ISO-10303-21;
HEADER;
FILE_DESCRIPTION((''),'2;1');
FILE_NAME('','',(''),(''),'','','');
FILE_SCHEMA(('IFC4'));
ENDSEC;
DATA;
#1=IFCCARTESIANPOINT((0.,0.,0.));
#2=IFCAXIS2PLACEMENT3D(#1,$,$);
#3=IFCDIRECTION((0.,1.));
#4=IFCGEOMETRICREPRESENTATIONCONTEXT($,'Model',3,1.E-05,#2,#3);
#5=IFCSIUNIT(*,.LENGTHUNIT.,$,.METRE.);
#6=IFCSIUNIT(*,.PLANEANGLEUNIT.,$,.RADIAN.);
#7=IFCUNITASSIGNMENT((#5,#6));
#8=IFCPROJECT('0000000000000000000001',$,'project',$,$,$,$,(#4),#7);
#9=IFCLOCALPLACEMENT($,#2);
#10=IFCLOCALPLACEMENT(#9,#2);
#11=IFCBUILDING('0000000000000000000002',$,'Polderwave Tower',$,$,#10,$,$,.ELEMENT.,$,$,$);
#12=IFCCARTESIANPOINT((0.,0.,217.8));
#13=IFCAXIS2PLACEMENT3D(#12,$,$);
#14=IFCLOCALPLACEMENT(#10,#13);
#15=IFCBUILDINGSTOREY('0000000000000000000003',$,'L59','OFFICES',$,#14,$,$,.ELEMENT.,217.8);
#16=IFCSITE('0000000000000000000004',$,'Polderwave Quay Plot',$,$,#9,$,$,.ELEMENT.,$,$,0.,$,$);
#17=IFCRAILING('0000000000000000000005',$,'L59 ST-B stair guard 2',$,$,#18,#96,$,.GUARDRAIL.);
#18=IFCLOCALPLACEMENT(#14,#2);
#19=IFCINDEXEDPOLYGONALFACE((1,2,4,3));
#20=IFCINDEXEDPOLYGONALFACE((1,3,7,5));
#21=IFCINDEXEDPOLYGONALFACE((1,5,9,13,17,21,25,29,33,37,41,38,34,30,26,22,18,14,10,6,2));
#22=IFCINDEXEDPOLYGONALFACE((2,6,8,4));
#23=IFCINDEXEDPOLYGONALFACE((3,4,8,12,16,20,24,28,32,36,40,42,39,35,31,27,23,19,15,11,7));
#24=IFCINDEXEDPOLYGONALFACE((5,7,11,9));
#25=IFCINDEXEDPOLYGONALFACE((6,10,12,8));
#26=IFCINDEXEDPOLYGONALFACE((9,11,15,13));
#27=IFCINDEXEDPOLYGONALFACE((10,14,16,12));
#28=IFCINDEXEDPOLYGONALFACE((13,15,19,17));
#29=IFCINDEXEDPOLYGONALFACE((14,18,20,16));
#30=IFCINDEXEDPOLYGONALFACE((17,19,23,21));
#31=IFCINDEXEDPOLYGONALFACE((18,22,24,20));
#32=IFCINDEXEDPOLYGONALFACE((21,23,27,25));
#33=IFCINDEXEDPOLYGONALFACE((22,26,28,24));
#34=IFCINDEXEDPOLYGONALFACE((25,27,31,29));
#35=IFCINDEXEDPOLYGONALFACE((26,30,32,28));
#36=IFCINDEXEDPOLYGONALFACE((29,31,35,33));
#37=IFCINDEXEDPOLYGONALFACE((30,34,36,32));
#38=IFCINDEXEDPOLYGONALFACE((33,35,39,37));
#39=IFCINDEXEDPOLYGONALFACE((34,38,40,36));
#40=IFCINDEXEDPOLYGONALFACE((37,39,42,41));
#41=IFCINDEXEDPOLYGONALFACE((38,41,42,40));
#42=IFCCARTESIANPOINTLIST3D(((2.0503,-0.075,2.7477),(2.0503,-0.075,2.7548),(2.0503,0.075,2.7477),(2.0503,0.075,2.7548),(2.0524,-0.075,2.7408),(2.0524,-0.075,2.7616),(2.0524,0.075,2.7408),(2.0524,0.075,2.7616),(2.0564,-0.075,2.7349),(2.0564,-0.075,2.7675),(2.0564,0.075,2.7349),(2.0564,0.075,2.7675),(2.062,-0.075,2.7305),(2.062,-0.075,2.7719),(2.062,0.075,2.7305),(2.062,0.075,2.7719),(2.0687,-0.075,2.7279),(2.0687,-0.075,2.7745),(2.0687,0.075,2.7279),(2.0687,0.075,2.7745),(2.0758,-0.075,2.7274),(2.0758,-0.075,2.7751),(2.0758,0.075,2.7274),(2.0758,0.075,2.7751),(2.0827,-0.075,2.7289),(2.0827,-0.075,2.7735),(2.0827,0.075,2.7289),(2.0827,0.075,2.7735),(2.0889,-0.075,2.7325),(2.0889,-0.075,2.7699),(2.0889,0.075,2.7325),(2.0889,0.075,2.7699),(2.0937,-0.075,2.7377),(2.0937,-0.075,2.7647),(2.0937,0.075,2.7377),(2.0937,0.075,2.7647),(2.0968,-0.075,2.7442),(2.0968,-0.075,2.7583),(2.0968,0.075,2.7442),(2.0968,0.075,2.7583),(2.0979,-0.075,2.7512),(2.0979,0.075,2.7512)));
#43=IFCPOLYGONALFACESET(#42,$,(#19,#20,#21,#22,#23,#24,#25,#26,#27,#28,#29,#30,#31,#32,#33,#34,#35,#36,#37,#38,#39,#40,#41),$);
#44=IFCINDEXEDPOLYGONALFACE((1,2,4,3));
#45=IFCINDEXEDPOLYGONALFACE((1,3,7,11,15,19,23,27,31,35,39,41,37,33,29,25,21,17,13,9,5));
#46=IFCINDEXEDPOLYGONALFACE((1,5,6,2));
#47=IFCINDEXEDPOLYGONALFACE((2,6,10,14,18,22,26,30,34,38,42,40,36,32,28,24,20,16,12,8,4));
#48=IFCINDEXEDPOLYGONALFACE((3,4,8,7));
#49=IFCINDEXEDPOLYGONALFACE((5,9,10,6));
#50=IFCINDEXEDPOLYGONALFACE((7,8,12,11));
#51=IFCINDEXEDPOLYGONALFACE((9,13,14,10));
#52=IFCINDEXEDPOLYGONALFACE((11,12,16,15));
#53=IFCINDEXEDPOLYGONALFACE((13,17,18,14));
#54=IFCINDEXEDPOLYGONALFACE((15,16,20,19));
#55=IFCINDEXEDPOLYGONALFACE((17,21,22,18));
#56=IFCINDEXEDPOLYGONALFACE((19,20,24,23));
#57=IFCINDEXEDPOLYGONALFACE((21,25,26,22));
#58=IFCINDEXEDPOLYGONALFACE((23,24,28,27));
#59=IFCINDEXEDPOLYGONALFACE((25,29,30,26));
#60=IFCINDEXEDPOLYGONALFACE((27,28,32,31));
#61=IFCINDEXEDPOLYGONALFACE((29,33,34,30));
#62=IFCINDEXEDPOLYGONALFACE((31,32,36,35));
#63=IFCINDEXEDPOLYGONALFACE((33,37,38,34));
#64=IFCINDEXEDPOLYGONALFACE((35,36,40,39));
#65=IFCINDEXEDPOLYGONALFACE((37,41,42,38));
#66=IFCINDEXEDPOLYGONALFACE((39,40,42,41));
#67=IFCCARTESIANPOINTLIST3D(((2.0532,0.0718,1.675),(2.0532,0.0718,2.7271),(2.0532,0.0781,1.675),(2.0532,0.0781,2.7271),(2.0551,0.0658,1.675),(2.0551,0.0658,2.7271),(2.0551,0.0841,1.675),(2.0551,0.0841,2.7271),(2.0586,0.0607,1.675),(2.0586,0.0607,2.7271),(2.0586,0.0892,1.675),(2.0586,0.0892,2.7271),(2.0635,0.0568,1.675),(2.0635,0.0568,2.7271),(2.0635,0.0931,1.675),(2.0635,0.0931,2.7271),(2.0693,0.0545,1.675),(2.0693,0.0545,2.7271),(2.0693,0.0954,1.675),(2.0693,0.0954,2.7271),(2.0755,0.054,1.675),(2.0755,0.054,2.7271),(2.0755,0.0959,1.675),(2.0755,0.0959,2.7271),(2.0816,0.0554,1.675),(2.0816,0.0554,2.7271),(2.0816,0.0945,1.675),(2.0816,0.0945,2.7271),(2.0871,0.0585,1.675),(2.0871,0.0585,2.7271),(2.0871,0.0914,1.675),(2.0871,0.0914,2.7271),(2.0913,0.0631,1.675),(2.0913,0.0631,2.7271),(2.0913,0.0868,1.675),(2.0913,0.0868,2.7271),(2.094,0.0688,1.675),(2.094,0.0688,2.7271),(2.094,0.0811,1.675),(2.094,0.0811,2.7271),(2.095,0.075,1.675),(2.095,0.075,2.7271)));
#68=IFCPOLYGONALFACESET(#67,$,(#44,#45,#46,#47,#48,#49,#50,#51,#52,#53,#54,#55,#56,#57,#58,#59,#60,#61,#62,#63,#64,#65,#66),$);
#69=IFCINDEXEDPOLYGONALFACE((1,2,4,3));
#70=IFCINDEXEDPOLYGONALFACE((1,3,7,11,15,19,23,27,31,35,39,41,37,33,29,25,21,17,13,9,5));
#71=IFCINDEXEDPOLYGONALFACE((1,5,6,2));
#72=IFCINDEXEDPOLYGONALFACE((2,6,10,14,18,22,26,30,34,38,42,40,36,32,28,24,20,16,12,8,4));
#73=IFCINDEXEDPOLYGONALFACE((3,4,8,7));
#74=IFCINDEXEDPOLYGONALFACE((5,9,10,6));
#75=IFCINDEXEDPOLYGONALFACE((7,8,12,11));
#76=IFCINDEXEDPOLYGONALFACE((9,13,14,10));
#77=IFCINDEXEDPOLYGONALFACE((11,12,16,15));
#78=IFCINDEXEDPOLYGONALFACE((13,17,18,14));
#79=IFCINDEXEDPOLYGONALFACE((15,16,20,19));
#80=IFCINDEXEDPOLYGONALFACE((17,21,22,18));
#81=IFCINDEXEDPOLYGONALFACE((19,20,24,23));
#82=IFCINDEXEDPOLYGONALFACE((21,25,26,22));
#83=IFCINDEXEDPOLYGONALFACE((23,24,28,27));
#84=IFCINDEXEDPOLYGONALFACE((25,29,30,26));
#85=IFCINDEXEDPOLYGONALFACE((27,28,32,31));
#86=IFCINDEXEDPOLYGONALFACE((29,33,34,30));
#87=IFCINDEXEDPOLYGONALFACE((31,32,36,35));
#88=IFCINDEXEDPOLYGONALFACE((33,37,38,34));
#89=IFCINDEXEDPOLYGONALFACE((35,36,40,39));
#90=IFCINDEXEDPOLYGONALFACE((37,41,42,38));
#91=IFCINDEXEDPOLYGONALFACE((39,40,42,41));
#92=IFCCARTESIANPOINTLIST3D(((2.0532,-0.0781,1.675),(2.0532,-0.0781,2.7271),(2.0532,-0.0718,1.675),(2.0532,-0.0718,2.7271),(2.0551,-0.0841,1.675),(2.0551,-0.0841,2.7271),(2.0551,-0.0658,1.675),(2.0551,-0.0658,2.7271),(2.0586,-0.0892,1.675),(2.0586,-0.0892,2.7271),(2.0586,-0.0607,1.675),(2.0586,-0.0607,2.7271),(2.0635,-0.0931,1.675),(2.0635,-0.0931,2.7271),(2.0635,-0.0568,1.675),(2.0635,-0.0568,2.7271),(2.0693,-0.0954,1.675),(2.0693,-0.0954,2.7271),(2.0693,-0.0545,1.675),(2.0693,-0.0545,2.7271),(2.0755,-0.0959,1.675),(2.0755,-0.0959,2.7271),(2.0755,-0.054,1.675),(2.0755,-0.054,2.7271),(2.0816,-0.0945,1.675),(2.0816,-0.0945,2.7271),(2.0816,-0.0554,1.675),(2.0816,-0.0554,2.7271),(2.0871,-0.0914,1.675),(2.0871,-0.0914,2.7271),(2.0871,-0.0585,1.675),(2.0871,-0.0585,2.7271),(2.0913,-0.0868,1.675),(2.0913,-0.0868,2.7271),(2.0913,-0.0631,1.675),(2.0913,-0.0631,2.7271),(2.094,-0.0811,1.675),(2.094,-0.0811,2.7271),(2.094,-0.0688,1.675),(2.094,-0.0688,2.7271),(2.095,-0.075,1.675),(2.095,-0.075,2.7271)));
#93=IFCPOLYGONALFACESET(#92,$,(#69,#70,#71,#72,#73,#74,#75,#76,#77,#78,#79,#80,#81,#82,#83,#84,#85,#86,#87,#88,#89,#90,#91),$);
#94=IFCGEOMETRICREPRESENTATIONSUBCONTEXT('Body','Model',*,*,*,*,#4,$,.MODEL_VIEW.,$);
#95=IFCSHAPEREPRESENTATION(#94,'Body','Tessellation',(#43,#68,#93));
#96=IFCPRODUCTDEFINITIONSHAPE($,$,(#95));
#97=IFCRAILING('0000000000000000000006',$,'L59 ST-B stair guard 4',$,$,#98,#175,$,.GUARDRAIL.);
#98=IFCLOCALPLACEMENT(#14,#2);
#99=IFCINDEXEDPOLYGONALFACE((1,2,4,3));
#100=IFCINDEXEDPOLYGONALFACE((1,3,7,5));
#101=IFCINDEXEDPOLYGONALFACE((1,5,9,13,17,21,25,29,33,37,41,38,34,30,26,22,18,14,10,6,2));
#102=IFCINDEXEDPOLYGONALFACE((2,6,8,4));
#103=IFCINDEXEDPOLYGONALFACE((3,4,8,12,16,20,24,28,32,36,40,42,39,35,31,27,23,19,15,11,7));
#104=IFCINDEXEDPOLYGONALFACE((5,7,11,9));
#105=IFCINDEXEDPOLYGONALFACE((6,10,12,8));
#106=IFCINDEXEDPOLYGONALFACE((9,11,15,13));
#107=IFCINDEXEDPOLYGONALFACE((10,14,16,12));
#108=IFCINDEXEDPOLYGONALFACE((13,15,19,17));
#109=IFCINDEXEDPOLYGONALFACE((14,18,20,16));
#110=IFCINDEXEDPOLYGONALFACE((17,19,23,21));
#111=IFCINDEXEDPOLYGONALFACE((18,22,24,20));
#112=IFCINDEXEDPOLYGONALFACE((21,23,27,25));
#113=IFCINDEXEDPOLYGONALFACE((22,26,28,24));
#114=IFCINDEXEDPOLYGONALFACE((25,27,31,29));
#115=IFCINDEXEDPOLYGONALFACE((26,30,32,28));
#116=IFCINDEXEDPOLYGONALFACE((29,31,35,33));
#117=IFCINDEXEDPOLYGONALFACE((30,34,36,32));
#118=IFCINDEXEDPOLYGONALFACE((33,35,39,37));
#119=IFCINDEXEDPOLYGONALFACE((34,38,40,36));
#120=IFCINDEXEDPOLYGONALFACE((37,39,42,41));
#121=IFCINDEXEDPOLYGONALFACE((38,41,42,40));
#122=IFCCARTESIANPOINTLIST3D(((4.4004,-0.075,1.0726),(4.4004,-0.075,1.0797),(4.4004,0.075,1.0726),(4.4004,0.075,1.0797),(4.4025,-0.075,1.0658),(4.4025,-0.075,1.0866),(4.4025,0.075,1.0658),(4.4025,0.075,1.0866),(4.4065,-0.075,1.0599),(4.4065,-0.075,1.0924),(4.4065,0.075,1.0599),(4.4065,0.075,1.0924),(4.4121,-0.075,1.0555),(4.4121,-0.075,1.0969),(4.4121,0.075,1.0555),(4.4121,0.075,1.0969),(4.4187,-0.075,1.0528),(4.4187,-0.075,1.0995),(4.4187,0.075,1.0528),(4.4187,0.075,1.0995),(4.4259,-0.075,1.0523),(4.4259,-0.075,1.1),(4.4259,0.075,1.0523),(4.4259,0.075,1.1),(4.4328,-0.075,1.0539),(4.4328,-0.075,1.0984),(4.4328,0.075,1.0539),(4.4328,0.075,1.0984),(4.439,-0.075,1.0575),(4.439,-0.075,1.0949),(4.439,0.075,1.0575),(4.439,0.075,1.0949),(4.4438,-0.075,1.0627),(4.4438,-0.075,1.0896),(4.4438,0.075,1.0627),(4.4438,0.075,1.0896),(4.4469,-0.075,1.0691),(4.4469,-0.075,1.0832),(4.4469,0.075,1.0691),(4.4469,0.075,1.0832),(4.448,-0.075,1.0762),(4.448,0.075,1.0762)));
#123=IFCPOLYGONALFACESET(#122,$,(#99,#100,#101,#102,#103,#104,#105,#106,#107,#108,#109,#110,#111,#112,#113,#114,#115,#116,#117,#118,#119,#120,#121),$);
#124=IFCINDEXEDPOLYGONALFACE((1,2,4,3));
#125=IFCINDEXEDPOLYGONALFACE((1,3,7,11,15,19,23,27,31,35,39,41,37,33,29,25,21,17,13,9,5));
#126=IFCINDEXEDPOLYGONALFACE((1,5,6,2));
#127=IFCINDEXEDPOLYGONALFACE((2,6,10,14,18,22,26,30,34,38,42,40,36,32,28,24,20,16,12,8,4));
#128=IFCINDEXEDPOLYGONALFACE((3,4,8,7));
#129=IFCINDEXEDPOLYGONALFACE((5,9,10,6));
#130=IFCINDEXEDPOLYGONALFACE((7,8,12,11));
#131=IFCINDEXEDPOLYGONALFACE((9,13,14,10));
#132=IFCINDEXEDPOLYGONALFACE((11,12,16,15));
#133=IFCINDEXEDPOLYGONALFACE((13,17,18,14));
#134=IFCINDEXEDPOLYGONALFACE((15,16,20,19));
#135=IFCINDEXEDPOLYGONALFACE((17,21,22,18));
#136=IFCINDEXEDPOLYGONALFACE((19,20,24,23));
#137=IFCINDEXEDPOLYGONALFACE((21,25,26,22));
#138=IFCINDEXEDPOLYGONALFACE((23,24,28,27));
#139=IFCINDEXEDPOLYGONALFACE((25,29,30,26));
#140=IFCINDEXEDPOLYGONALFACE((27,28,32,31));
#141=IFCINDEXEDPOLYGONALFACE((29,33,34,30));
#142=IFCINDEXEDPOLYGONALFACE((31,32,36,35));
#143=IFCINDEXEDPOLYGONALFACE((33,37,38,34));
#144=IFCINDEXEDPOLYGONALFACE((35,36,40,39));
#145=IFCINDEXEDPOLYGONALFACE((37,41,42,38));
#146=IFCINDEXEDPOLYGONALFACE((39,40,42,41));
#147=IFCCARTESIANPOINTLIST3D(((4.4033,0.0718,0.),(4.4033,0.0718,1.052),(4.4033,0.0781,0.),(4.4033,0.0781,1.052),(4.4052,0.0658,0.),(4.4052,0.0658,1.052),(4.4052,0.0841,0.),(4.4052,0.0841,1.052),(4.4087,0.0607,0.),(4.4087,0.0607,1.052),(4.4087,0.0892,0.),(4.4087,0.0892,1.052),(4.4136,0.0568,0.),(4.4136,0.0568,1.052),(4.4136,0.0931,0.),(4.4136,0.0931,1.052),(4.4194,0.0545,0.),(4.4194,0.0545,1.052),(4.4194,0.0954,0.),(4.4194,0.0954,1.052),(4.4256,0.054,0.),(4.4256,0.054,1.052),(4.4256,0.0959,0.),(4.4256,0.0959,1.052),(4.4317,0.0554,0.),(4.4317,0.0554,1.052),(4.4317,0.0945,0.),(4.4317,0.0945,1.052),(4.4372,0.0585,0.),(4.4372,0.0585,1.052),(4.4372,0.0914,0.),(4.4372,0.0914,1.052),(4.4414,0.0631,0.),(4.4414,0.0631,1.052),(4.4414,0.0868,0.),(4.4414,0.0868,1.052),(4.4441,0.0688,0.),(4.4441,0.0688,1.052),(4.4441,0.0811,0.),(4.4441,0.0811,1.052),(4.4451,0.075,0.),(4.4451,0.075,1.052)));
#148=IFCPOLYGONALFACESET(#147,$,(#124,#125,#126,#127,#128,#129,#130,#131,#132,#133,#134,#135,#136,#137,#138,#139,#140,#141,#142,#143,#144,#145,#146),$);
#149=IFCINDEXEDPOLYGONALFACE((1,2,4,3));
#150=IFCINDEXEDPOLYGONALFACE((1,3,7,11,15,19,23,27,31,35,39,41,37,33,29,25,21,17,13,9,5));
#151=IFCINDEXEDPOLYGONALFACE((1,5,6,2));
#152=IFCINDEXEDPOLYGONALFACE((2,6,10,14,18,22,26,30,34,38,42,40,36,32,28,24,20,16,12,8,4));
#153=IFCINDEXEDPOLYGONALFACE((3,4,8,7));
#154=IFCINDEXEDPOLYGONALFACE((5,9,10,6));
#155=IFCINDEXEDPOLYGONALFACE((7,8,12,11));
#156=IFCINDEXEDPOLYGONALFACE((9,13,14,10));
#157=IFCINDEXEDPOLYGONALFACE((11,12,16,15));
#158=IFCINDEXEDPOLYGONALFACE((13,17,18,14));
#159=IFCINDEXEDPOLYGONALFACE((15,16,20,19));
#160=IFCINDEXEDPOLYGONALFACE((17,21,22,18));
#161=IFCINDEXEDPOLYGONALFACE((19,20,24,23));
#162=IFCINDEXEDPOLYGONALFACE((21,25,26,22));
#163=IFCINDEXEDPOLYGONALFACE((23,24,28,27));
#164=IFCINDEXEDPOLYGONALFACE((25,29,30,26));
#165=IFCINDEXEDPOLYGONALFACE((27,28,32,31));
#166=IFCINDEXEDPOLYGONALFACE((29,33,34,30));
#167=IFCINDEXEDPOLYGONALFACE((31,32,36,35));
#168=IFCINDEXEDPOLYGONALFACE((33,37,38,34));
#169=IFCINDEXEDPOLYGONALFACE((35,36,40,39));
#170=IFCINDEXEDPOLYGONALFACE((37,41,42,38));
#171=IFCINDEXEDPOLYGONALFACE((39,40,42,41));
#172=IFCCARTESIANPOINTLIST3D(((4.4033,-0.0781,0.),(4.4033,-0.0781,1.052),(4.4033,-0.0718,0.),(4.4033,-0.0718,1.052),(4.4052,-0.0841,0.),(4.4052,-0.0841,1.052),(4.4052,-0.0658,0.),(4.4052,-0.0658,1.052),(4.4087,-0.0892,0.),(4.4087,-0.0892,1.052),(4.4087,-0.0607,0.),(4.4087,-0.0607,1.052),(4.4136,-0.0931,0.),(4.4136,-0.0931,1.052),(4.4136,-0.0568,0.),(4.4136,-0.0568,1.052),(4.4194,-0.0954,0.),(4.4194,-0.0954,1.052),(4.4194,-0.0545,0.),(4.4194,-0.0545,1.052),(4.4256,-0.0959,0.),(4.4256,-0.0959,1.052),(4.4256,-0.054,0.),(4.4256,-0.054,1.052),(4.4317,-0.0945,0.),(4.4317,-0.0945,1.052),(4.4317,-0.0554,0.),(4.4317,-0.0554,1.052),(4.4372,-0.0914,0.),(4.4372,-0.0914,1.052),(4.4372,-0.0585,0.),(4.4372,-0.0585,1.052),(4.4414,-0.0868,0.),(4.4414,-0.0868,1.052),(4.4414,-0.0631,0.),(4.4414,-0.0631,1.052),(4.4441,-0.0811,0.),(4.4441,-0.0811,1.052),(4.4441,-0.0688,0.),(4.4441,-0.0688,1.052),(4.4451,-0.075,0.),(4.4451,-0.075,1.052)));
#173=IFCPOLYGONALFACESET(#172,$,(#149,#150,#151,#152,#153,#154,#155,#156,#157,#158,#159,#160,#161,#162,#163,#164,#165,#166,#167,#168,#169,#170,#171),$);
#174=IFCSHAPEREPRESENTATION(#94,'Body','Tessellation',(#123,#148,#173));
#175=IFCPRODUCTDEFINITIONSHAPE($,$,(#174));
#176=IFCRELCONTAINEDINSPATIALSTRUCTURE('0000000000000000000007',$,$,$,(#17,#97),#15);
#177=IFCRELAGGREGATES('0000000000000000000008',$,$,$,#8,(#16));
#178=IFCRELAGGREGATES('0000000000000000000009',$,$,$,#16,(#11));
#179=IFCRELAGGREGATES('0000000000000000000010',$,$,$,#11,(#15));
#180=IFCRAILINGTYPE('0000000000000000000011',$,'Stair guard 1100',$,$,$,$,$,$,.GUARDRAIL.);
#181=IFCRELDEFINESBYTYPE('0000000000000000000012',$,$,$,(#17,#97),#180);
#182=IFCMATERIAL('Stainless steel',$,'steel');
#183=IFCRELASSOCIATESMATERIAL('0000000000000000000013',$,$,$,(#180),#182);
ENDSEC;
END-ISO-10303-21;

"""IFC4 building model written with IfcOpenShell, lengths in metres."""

from ifc_helpers import new_model, si_unit, direction, frame, origin, origin_2d, place, context, subcontext, project, spatial, circle, extrude, material, type_object, element, save


model = new_model("IFC4")

# Units and contexts
model_context = context("Model", 3, precision=1e-05, world=origin(), true_north=direction((0.0, 1.0)))
body_context = subcontext(model_context, "Body", "Model", "MODEL_VIEW")
ifc_project = project(units=[si_unit("LENGTHUNIT", "METRE"), si_unit("PLANEANGLEUNIT", "RADIAN")], contexts=[model_context])

# Site, building, storey
site_placement = place(None, origin())
site = spatial("IfcSite", under=ifc_project, at=site_placement, Name="Polderwave Quay Plot", CompositionType="ELEMENT", RefElevation=0.0)
building_placement = place(site_placement, origin())
building = spatial("IfcBuilding", under=site, at=building_placement, Name="Polderwave Tower", CompositionType="ELEMENT")
storey_placement = place(building_placement, frame((0.0, 0.0, 217.8)))
storey = spatial("IfcBuildingStorey", under=building, at=storey_placement, Name="L59", Description="OFFICES", CompositionType="ELEMENT", Elevation=217.8)

# Railings
ifc_material_1 = material(Name="Stainless steel", Category="steel")
railing_type_1 = type_object("IfcRailingType", Name="Stair guard 1100", PredefinedType="GUARDRAIL", material=ifc_material_1)
for number, where, name in (
    (1, (2.074, 0.075, 1.675), "L59 ST-B stair guard 2"),
    (2, (4.4241, 0.075, 0.0), "L59 ST-B stair guard 4"),
):
    element("IfcRailing", number, at=place(storey_placement, frame(where)), inside=storey, type_object=railing_type_1, Name=name, PredefinedType="GUARDRAIL", context=body_context, shape_type="SweptSolid", body=[
        extrude(circle(Radius=0.0239, at=origin_2d()), frame((0.0, 0.0, 1.0762), z_axis=(0.0, -1.0, 0.0), x_axis=(1.0, 0.0, 0.0)), (0.0, 0.0, 1.0), 0.1499),
        extrude(circle(Radius=0.021, at=origin_2d()), origin(), (0.0, 0.0, 1.0), 1.052),
        extrude(circle(Radius=0.021, at=origin_2d()), frame((0.0, -0.1499, 0.0)), (0.0, 0.0, 1.0), 1.052),
    ])

save(model, "model.ifc")
